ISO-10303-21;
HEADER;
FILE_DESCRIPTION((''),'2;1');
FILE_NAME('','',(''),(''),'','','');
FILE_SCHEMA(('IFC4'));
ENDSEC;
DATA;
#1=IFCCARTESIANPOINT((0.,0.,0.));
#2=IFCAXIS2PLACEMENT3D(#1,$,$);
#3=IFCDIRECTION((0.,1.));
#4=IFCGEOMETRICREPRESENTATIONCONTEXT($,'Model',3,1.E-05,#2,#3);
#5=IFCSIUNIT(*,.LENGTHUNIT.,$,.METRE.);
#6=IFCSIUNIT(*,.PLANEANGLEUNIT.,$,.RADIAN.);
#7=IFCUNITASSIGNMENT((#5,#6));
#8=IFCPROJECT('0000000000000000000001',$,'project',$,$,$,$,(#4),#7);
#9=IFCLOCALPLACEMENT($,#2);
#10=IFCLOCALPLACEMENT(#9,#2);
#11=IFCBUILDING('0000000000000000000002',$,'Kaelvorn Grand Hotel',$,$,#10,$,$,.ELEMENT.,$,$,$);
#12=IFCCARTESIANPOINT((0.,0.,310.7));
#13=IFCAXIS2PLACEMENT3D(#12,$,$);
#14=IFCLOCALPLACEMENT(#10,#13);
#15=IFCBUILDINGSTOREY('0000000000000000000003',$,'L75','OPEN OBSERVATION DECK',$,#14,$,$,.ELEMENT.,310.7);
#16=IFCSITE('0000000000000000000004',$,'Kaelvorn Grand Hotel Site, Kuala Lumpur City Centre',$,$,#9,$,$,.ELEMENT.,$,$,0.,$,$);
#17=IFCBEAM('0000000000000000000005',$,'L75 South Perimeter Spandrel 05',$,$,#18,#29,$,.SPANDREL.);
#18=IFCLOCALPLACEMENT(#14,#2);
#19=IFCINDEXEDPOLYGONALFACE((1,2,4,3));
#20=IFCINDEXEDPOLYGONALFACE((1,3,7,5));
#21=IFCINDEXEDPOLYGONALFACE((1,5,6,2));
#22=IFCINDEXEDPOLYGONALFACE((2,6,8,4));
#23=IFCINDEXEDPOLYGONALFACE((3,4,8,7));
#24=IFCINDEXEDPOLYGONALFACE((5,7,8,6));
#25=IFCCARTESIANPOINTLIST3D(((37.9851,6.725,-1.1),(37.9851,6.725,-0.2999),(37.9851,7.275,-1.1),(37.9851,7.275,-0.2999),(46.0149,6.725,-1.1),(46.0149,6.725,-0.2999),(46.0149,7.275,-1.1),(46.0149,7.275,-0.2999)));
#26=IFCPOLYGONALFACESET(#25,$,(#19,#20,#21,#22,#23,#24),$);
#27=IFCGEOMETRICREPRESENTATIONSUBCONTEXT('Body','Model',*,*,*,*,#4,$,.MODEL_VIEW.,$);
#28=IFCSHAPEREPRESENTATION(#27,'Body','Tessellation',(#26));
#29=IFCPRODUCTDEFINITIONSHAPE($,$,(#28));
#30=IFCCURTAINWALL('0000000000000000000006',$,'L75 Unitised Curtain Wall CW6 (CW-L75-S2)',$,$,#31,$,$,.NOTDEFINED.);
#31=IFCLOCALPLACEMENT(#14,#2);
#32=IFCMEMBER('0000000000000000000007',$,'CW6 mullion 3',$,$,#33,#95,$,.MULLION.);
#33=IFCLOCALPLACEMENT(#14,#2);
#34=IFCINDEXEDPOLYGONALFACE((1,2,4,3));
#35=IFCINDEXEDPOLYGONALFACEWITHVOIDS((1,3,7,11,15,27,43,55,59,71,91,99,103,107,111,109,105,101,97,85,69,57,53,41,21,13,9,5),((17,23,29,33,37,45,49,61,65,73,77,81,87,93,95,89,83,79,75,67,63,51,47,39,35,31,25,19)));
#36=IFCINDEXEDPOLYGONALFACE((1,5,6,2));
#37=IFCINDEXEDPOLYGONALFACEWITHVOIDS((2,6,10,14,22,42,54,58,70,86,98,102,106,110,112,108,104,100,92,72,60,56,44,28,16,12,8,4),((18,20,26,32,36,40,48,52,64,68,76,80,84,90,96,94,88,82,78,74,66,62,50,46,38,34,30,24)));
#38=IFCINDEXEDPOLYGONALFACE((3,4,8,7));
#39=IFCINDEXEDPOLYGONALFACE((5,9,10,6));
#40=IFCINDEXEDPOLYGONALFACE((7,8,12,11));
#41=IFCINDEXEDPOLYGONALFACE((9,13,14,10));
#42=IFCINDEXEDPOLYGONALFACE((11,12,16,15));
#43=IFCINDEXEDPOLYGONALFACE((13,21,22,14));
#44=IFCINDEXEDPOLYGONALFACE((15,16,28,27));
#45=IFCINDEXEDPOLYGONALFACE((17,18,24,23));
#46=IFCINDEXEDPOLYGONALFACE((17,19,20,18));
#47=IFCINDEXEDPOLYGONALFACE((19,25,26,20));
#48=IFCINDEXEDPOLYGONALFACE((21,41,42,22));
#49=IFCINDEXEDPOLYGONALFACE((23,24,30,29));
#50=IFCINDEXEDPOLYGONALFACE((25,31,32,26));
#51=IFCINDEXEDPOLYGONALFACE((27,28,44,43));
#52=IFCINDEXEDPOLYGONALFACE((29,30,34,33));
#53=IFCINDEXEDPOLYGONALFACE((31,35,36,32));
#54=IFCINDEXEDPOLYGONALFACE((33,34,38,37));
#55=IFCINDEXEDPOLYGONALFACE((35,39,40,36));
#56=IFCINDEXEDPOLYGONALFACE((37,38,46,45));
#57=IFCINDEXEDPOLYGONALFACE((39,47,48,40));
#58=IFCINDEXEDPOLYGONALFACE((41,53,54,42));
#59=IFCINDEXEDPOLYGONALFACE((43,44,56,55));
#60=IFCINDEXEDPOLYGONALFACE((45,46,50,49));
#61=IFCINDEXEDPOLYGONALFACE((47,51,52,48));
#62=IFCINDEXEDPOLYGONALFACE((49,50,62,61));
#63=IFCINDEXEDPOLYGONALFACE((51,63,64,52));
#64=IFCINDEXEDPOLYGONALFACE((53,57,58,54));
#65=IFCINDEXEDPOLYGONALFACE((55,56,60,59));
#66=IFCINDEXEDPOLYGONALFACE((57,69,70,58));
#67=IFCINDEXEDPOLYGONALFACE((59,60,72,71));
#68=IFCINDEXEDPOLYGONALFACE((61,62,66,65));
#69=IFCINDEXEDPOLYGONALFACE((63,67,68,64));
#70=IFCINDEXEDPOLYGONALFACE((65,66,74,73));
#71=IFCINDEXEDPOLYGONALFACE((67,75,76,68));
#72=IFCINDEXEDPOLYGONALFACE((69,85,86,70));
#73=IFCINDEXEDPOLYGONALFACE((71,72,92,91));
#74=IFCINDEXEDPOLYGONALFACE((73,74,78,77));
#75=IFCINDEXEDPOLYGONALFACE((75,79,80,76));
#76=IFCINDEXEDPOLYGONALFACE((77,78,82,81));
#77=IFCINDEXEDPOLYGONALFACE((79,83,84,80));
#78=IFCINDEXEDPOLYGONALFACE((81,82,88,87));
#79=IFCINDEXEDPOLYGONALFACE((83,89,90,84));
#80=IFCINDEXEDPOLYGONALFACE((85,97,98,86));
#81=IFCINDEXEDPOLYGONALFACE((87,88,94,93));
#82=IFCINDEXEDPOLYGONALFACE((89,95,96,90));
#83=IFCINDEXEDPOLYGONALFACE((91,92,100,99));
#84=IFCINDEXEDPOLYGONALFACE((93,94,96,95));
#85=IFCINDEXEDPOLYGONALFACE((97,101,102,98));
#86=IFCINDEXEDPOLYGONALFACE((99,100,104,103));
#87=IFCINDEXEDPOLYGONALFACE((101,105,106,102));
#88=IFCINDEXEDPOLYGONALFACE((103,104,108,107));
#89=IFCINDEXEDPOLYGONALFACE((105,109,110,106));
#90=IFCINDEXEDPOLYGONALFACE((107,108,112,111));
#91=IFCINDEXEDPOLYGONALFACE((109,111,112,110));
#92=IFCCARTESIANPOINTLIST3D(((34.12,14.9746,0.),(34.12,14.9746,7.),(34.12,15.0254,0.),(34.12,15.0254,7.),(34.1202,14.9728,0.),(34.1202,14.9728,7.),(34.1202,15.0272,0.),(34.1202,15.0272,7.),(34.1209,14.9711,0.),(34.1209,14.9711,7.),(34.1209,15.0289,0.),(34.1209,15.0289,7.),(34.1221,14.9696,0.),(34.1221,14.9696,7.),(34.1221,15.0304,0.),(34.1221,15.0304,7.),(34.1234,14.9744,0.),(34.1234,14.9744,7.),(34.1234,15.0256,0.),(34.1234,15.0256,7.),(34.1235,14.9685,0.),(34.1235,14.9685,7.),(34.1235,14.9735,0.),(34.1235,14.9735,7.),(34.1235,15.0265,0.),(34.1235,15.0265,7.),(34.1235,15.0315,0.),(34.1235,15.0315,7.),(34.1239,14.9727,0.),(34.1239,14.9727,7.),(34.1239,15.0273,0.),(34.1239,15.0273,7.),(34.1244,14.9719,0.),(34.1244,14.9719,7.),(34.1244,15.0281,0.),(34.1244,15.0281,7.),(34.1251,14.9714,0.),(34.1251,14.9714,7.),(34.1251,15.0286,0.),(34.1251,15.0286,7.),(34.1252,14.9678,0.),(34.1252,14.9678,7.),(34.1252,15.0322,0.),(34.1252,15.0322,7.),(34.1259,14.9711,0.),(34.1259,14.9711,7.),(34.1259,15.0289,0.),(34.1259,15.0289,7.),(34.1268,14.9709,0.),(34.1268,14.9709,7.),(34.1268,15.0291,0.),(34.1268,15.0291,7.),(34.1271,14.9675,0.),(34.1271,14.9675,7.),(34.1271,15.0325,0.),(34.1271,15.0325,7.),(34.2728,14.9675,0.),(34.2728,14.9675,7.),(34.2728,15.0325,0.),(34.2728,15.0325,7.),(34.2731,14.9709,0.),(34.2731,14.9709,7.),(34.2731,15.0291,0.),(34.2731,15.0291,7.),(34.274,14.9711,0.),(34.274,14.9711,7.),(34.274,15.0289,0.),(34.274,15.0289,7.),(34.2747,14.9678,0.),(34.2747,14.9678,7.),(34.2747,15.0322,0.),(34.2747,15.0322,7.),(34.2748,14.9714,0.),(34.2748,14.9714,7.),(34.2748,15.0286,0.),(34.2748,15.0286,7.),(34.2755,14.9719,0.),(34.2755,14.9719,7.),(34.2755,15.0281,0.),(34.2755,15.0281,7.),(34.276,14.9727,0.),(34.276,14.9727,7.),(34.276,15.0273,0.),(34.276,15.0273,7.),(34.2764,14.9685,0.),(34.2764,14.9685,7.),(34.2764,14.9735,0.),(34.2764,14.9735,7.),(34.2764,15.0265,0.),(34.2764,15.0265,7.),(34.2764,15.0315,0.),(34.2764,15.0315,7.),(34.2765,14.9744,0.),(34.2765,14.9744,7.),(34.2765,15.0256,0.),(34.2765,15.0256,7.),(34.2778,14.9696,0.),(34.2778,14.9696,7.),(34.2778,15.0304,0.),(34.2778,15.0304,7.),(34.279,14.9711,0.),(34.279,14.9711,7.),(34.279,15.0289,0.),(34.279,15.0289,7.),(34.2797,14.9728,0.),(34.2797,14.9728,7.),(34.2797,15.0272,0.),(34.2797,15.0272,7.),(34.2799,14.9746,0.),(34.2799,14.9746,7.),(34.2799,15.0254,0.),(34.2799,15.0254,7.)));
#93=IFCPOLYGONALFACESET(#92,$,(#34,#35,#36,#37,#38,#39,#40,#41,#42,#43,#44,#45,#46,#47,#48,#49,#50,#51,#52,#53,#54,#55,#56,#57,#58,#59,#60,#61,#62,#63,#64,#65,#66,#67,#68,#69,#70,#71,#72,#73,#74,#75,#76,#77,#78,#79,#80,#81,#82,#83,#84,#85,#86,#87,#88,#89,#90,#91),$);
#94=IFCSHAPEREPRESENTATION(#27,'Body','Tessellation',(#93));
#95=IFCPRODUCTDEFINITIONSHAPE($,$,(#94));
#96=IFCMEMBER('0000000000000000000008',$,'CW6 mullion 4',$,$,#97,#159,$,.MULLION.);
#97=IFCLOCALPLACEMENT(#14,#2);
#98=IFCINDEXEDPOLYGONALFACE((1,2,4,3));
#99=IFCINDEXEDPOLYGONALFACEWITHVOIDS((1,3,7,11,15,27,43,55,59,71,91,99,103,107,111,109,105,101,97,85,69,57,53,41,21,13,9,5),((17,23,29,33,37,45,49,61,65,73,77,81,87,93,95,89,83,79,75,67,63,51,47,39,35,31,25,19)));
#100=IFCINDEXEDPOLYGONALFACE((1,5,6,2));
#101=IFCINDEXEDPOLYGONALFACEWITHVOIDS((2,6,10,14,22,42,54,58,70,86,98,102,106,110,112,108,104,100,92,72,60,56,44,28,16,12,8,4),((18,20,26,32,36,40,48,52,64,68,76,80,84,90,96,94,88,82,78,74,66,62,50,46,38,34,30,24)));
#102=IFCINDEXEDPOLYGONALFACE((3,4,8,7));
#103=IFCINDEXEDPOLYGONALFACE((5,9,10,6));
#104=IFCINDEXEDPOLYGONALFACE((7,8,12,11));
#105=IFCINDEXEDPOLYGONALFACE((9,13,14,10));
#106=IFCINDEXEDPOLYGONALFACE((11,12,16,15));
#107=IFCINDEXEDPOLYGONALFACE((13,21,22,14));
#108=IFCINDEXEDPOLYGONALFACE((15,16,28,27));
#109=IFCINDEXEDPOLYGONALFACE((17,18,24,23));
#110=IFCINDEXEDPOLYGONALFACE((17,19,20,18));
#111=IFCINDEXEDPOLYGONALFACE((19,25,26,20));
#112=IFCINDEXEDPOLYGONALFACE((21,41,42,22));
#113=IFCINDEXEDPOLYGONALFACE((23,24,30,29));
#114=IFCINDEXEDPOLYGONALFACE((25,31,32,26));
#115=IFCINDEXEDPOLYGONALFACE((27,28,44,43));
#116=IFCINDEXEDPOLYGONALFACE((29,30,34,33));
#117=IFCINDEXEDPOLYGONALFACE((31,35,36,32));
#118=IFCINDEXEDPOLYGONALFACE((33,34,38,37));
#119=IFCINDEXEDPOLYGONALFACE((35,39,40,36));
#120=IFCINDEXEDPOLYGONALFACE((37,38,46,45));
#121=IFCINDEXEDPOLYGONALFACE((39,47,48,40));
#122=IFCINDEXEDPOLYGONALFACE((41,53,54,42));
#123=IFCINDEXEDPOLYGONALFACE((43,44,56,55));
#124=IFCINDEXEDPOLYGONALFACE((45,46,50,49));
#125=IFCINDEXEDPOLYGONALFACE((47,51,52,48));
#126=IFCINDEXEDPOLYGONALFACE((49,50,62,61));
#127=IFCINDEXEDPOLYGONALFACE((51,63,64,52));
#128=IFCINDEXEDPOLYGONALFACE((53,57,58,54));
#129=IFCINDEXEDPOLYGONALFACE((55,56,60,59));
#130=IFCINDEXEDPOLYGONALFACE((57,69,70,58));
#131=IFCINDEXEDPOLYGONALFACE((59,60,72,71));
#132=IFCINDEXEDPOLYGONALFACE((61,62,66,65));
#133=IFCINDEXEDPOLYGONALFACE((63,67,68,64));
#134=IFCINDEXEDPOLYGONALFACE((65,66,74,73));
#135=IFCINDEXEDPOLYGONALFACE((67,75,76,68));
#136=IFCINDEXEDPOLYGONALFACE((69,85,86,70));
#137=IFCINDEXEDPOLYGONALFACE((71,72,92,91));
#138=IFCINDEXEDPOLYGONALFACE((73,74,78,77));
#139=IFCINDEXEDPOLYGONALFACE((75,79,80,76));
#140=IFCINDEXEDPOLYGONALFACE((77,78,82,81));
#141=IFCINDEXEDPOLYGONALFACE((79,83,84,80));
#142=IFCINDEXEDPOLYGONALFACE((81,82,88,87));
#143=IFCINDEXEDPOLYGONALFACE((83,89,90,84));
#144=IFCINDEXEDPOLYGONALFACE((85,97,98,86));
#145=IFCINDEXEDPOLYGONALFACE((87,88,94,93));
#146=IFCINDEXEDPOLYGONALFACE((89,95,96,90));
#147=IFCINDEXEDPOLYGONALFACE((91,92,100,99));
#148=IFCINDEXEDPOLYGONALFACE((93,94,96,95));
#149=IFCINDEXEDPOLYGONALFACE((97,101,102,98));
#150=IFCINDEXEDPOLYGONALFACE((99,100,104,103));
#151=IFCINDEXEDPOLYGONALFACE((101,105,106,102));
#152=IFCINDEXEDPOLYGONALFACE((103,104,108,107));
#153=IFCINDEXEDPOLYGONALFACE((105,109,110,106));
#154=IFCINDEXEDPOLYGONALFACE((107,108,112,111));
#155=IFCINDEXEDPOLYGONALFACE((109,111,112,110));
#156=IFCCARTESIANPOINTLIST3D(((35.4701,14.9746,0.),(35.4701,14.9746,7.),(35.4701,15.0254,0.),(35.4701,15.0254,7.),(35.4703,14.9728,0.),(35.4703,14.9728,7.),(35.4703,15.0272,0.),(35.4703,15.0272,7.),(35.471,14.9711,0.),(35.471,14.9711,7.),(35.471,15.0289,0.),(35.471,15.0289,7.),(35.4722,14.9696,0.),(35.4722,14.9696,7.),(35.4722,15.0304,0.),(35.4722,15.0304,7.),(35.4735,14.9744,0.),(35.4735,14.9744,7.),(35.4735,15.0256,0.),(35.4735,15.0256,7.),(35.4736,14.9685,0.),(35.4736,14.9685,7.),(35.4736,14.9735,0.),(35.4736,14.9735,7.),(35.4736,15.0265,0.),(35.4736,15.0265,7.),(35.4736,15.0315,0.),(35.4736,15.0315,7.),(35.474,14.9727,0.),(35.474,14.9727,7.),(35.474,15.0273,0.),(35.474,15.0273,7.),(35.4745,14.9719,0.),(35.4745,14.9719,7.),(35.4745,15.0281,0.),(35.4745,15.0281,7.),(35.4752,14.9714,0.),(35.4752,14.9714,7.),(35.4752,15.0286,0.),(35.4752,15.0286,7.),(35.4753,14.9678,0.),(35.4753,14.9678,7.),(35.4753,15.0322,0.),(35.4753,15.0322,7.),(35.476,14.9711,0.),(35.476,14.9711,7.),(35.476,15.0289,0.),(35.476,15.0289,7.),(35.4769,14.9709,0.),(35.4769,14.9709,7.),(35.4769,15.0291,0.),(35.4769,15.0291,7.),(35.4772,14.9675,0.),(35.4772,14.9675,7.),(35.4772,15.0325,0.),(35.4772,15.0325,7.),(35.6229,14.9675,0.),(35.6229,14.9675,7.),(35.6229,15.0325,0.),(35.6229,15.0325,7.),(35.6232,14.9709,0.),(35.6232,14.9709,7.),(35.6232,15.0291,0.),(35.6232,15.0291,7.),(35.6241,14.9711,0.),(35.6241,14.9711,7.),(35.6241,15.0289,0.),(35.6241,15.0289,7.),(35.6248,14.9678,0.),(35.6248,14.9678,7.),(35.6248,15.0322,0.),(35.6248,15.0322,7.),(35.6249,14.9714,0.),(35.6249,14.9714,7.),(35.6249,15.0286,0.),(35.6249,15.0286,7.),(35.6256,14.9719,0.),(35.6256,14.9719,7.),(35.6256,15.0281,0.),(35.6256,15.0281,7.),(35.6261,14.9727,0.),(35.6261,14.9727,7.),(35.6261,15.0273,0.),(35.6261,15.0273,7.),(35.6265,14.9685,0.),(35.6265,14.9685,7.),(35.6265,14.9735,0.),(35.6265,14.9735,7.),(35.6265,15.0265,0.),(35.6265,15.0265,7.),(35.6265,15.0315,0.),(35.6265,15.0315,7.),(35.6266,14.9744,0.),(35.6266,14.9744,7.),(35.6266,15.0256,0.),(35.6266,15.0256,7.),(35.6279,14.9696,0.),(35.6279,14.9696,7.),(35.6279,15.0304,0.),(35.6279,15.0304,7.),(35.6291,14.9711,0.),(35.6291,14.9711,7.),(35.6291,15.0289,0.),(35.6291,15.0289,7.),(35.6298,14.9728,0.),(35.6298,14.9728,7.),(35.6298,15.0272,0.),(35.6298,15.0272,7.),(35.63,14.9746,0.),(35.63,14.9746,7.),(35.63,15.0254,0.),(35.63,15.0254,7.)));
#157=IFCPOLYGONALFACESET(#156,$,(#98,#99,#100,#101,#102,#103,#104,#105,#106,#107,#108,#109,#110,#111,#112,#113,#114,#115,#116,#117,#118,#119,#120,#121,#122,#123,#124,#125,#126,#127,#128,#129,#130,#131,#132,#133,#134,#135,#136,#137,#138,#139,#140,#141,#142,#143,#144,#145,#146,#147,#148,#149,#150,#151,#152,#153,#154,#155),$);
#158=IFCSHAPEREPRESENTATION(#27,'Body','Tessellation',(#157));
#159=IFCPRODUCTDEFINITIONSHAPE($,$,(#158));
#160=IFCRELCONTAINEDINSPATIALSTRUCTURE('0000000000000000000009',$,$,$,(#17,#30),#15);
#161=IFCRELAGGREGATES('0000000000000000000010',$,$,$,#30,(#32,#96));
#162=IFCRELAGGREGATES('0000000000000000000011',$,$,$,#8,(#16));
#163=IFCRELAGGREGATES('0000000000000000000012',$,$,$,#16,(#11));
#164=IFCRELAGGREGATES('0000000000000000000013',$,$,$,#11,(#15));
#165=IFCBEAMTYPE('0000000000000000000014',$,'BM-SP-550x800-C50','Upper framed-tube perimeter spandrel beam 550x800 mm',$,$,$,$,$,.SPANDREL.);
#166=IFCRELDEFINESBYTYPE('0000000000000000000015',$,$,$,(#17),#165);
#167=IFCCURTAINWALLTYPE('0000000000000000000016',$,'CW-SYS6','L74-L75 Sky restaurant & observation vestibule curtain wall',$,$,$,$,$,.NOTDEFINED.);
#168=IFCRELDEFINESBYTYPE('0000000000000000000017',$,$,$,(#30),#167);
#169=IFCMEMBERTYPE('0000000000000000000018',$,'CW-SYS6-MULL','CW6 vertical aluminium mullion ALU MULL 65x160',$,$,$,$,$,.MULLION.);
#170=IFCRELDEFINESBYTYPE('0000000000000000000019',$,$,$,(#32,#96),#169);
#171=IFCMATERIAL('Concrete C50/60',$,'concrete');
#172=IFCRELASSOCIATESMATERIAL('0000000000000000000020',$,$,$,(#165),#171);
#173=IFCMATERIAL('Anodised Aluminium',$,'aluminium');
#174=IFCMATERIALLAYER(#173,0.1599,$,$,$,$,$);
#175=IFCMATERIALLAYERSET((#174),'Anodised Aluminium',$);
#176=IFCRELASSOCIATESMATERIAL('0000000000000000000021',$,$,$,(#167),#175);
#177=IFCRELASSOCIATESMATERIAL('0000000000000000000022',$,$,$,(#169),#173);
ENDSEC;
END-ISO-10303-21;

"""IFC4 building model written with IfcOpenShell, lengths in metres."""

from ifc_helpers import new_model, si_unit, direction, frame, origin, origin_2d, place, context, subcontext, project, spatial, rectangle, hollow_rectangle, extrude, material, layer, layer_set, material_profile, profile_set, type_object, element, aggregate, save


model = new_model("IFC4")

# Units and contexts
model_context = context("Model", 3, precision=1e-05, world=origin(), true_north=direction((0.0, 1.0)))
body_context = subcontext(model_context, "Body", "Model", "MODEL_VIEW")
ifc_project = project(units=[si_unit("LENGTHUNIT", "METRE"), si_unit("PLANEANGLEUNIT", "RADIAN")], contexts=[model_context])

# Site, building, storey
site_placement = place(None, origin())
site = spatial("IfcSite", under=ifc_project, at=site_placement, Name="Kaelvorn Grand Hotel Site, Kuala Lumpur City Centre", CompositionType="ELEMENT", RefElevation=0.0)
building_placement = place(site_placement, origin())
building = spatial("IfcBuilding", under=site, at=building_placement, Name="Kaelvorn Grand Hotel", CompositionType="ELEMENT")
storey_placement = place(building_placement, frame((0.0, 0.0, 310.7)))
storey = spatial("IfcBuildingStorey", under=building, at=storey_placement, Name="L75", Description="OPEN OBSERVATION DECK", CompositionType="ELEMENT", Elevation=310.7)

# Beam
ifc_material_1 = material(Name="Concrete C50/60", Category="concrete")
ifc_material_profile_1 = material_profile(ifc_material_1, rectangle(XDim=0.55, YDim=0.8, at=origin_2d()), Name="RC SPANDREL 550x800")
ifc_profile_set_1 = profile_set([ifc_material_profile_1], Name="Concrete C50/60")
beam_type_1 = type_object("IfcBeamType", Name="BM-SP-550x800-C50", Description="Upper framed-tube perimeter spandrel beam 550x800 mm", PredefinedType="SPANDREL", material=ifc_profile_set_1)
beam_1_placement = place(storey_placement, frame((37.9851, 7.0, -0.7), z_axis=(1.0, 0.0, 0.0), x_axis=(0.0, 1.0, 0.0)))
element("IfcBeam", 1, at=beam_1_placement, inside=storey, type_object=beam_type_1, Name="L75 South Perimeter Spandrel 05", PredefinedType="SPANDREL", context=body_context, shape_type="SweptSolid", body=[
    extrude(rectangle(XDim=0.55, YDim=0.8, at=origin_2d()), origin(), (0.0, 0.0, 1.0), 8.0298),
])

# Curtain wall, members
ifc_material_2 = material(Name="Anodised Aluminium", Category="aluminium")
ifc_layer_1 = layer(ifc_material_2, 0.1599)
ifc_layer_set_1 = layer_set([ifc_layer_1], Name="Anodised Aluminium")
curtain_wall_type = type_object("IfcCurtainWallType", Name="CW-SYS6", Description="L74-L75 Sky restaurant & observation vestibule curtain wall", PredefinedType="NOTDEFINED", material=ifc_layer_set_1)
curtain_wall_placement = place(storey_placement, origin())
curtain_wall = element("IfcCurtainWall", 2, at=curtain_wall_placement, inside=storey, type_object=curtain_wall_type, Name="L75 Unitised Curtain Wall CW6 (CW-L75-S2)", PredefinedType="NOTDEFINED")
ifc_material_profile_2 = material_profile(ifc_material_2, hollow_rectangle(XDim=0.0649, YDim=0.1599, WallThickness=0.0034, InnerFilletRadius=0.0034, OuterFilletRadius=0.0071, at=origin_2d()), Name="ALU MULL 65x160")
ifc_profile_set_2 = profile_set([ifc_material_profile_2], Name="Anodised Aluminium")
member_type_1 = type_object("IfcMemberType", Name="CW-SYS6-MULL", Description="CW6 vertical aluminium mullion ALU MULL 65x160", PredefinedType="MULLION", material=ifc_profile_set_2)
member_1_placement = place(storey_placement, frame((34.2, 15.0, 0.0), z_axis=(0.0, 0.0, 1.0), x_axis=(0.0, 1.0, 0.0)))
member_1 = element("IfcMember", 3, at=member_1_placement, type_object=member_type_1, Name="CW6 mullion 3", PredefinedType="MULLION", context=body_context, shape_type="SweptSolid", body=[
    extrude(hollow_rectangle(XDim=0.0649, YDim=0.1599, WallThickness=0.0034, InnerFilletRadius=0.0034, OuterFilletRadius=0.0071, at=origin_2d()), origin(), (0.0, 0.0, 1.0), 7.0),
])
member_2_placement = place(storey_placement, frame((35.55, 15.0, 0.0), z_axis=(0.0, 0.0, 1.0), x_axis=(0.0, 1.0, 0.0)))
member_2 = element("IfcMember", 4, at=member_2_placement, type_object=member_type_1, Name="CW6 mullion 4", PredefinedType="MULLION", context=body_context, shape_type="SweptSolid", body=[
    extrude(hollow_rectangle(XDim=0.0649, YDim=0.1599, WallThickness=0.0034, InnerFilletRadius=0.0034, OuterFilletRadius=0.0071, at=origin_2d()), origin(), (0.0, 0.0, 1.0), 7.0),
])

aggregate(curtain_wall, [member_1, member_2])

save(model, "model.ifc")
